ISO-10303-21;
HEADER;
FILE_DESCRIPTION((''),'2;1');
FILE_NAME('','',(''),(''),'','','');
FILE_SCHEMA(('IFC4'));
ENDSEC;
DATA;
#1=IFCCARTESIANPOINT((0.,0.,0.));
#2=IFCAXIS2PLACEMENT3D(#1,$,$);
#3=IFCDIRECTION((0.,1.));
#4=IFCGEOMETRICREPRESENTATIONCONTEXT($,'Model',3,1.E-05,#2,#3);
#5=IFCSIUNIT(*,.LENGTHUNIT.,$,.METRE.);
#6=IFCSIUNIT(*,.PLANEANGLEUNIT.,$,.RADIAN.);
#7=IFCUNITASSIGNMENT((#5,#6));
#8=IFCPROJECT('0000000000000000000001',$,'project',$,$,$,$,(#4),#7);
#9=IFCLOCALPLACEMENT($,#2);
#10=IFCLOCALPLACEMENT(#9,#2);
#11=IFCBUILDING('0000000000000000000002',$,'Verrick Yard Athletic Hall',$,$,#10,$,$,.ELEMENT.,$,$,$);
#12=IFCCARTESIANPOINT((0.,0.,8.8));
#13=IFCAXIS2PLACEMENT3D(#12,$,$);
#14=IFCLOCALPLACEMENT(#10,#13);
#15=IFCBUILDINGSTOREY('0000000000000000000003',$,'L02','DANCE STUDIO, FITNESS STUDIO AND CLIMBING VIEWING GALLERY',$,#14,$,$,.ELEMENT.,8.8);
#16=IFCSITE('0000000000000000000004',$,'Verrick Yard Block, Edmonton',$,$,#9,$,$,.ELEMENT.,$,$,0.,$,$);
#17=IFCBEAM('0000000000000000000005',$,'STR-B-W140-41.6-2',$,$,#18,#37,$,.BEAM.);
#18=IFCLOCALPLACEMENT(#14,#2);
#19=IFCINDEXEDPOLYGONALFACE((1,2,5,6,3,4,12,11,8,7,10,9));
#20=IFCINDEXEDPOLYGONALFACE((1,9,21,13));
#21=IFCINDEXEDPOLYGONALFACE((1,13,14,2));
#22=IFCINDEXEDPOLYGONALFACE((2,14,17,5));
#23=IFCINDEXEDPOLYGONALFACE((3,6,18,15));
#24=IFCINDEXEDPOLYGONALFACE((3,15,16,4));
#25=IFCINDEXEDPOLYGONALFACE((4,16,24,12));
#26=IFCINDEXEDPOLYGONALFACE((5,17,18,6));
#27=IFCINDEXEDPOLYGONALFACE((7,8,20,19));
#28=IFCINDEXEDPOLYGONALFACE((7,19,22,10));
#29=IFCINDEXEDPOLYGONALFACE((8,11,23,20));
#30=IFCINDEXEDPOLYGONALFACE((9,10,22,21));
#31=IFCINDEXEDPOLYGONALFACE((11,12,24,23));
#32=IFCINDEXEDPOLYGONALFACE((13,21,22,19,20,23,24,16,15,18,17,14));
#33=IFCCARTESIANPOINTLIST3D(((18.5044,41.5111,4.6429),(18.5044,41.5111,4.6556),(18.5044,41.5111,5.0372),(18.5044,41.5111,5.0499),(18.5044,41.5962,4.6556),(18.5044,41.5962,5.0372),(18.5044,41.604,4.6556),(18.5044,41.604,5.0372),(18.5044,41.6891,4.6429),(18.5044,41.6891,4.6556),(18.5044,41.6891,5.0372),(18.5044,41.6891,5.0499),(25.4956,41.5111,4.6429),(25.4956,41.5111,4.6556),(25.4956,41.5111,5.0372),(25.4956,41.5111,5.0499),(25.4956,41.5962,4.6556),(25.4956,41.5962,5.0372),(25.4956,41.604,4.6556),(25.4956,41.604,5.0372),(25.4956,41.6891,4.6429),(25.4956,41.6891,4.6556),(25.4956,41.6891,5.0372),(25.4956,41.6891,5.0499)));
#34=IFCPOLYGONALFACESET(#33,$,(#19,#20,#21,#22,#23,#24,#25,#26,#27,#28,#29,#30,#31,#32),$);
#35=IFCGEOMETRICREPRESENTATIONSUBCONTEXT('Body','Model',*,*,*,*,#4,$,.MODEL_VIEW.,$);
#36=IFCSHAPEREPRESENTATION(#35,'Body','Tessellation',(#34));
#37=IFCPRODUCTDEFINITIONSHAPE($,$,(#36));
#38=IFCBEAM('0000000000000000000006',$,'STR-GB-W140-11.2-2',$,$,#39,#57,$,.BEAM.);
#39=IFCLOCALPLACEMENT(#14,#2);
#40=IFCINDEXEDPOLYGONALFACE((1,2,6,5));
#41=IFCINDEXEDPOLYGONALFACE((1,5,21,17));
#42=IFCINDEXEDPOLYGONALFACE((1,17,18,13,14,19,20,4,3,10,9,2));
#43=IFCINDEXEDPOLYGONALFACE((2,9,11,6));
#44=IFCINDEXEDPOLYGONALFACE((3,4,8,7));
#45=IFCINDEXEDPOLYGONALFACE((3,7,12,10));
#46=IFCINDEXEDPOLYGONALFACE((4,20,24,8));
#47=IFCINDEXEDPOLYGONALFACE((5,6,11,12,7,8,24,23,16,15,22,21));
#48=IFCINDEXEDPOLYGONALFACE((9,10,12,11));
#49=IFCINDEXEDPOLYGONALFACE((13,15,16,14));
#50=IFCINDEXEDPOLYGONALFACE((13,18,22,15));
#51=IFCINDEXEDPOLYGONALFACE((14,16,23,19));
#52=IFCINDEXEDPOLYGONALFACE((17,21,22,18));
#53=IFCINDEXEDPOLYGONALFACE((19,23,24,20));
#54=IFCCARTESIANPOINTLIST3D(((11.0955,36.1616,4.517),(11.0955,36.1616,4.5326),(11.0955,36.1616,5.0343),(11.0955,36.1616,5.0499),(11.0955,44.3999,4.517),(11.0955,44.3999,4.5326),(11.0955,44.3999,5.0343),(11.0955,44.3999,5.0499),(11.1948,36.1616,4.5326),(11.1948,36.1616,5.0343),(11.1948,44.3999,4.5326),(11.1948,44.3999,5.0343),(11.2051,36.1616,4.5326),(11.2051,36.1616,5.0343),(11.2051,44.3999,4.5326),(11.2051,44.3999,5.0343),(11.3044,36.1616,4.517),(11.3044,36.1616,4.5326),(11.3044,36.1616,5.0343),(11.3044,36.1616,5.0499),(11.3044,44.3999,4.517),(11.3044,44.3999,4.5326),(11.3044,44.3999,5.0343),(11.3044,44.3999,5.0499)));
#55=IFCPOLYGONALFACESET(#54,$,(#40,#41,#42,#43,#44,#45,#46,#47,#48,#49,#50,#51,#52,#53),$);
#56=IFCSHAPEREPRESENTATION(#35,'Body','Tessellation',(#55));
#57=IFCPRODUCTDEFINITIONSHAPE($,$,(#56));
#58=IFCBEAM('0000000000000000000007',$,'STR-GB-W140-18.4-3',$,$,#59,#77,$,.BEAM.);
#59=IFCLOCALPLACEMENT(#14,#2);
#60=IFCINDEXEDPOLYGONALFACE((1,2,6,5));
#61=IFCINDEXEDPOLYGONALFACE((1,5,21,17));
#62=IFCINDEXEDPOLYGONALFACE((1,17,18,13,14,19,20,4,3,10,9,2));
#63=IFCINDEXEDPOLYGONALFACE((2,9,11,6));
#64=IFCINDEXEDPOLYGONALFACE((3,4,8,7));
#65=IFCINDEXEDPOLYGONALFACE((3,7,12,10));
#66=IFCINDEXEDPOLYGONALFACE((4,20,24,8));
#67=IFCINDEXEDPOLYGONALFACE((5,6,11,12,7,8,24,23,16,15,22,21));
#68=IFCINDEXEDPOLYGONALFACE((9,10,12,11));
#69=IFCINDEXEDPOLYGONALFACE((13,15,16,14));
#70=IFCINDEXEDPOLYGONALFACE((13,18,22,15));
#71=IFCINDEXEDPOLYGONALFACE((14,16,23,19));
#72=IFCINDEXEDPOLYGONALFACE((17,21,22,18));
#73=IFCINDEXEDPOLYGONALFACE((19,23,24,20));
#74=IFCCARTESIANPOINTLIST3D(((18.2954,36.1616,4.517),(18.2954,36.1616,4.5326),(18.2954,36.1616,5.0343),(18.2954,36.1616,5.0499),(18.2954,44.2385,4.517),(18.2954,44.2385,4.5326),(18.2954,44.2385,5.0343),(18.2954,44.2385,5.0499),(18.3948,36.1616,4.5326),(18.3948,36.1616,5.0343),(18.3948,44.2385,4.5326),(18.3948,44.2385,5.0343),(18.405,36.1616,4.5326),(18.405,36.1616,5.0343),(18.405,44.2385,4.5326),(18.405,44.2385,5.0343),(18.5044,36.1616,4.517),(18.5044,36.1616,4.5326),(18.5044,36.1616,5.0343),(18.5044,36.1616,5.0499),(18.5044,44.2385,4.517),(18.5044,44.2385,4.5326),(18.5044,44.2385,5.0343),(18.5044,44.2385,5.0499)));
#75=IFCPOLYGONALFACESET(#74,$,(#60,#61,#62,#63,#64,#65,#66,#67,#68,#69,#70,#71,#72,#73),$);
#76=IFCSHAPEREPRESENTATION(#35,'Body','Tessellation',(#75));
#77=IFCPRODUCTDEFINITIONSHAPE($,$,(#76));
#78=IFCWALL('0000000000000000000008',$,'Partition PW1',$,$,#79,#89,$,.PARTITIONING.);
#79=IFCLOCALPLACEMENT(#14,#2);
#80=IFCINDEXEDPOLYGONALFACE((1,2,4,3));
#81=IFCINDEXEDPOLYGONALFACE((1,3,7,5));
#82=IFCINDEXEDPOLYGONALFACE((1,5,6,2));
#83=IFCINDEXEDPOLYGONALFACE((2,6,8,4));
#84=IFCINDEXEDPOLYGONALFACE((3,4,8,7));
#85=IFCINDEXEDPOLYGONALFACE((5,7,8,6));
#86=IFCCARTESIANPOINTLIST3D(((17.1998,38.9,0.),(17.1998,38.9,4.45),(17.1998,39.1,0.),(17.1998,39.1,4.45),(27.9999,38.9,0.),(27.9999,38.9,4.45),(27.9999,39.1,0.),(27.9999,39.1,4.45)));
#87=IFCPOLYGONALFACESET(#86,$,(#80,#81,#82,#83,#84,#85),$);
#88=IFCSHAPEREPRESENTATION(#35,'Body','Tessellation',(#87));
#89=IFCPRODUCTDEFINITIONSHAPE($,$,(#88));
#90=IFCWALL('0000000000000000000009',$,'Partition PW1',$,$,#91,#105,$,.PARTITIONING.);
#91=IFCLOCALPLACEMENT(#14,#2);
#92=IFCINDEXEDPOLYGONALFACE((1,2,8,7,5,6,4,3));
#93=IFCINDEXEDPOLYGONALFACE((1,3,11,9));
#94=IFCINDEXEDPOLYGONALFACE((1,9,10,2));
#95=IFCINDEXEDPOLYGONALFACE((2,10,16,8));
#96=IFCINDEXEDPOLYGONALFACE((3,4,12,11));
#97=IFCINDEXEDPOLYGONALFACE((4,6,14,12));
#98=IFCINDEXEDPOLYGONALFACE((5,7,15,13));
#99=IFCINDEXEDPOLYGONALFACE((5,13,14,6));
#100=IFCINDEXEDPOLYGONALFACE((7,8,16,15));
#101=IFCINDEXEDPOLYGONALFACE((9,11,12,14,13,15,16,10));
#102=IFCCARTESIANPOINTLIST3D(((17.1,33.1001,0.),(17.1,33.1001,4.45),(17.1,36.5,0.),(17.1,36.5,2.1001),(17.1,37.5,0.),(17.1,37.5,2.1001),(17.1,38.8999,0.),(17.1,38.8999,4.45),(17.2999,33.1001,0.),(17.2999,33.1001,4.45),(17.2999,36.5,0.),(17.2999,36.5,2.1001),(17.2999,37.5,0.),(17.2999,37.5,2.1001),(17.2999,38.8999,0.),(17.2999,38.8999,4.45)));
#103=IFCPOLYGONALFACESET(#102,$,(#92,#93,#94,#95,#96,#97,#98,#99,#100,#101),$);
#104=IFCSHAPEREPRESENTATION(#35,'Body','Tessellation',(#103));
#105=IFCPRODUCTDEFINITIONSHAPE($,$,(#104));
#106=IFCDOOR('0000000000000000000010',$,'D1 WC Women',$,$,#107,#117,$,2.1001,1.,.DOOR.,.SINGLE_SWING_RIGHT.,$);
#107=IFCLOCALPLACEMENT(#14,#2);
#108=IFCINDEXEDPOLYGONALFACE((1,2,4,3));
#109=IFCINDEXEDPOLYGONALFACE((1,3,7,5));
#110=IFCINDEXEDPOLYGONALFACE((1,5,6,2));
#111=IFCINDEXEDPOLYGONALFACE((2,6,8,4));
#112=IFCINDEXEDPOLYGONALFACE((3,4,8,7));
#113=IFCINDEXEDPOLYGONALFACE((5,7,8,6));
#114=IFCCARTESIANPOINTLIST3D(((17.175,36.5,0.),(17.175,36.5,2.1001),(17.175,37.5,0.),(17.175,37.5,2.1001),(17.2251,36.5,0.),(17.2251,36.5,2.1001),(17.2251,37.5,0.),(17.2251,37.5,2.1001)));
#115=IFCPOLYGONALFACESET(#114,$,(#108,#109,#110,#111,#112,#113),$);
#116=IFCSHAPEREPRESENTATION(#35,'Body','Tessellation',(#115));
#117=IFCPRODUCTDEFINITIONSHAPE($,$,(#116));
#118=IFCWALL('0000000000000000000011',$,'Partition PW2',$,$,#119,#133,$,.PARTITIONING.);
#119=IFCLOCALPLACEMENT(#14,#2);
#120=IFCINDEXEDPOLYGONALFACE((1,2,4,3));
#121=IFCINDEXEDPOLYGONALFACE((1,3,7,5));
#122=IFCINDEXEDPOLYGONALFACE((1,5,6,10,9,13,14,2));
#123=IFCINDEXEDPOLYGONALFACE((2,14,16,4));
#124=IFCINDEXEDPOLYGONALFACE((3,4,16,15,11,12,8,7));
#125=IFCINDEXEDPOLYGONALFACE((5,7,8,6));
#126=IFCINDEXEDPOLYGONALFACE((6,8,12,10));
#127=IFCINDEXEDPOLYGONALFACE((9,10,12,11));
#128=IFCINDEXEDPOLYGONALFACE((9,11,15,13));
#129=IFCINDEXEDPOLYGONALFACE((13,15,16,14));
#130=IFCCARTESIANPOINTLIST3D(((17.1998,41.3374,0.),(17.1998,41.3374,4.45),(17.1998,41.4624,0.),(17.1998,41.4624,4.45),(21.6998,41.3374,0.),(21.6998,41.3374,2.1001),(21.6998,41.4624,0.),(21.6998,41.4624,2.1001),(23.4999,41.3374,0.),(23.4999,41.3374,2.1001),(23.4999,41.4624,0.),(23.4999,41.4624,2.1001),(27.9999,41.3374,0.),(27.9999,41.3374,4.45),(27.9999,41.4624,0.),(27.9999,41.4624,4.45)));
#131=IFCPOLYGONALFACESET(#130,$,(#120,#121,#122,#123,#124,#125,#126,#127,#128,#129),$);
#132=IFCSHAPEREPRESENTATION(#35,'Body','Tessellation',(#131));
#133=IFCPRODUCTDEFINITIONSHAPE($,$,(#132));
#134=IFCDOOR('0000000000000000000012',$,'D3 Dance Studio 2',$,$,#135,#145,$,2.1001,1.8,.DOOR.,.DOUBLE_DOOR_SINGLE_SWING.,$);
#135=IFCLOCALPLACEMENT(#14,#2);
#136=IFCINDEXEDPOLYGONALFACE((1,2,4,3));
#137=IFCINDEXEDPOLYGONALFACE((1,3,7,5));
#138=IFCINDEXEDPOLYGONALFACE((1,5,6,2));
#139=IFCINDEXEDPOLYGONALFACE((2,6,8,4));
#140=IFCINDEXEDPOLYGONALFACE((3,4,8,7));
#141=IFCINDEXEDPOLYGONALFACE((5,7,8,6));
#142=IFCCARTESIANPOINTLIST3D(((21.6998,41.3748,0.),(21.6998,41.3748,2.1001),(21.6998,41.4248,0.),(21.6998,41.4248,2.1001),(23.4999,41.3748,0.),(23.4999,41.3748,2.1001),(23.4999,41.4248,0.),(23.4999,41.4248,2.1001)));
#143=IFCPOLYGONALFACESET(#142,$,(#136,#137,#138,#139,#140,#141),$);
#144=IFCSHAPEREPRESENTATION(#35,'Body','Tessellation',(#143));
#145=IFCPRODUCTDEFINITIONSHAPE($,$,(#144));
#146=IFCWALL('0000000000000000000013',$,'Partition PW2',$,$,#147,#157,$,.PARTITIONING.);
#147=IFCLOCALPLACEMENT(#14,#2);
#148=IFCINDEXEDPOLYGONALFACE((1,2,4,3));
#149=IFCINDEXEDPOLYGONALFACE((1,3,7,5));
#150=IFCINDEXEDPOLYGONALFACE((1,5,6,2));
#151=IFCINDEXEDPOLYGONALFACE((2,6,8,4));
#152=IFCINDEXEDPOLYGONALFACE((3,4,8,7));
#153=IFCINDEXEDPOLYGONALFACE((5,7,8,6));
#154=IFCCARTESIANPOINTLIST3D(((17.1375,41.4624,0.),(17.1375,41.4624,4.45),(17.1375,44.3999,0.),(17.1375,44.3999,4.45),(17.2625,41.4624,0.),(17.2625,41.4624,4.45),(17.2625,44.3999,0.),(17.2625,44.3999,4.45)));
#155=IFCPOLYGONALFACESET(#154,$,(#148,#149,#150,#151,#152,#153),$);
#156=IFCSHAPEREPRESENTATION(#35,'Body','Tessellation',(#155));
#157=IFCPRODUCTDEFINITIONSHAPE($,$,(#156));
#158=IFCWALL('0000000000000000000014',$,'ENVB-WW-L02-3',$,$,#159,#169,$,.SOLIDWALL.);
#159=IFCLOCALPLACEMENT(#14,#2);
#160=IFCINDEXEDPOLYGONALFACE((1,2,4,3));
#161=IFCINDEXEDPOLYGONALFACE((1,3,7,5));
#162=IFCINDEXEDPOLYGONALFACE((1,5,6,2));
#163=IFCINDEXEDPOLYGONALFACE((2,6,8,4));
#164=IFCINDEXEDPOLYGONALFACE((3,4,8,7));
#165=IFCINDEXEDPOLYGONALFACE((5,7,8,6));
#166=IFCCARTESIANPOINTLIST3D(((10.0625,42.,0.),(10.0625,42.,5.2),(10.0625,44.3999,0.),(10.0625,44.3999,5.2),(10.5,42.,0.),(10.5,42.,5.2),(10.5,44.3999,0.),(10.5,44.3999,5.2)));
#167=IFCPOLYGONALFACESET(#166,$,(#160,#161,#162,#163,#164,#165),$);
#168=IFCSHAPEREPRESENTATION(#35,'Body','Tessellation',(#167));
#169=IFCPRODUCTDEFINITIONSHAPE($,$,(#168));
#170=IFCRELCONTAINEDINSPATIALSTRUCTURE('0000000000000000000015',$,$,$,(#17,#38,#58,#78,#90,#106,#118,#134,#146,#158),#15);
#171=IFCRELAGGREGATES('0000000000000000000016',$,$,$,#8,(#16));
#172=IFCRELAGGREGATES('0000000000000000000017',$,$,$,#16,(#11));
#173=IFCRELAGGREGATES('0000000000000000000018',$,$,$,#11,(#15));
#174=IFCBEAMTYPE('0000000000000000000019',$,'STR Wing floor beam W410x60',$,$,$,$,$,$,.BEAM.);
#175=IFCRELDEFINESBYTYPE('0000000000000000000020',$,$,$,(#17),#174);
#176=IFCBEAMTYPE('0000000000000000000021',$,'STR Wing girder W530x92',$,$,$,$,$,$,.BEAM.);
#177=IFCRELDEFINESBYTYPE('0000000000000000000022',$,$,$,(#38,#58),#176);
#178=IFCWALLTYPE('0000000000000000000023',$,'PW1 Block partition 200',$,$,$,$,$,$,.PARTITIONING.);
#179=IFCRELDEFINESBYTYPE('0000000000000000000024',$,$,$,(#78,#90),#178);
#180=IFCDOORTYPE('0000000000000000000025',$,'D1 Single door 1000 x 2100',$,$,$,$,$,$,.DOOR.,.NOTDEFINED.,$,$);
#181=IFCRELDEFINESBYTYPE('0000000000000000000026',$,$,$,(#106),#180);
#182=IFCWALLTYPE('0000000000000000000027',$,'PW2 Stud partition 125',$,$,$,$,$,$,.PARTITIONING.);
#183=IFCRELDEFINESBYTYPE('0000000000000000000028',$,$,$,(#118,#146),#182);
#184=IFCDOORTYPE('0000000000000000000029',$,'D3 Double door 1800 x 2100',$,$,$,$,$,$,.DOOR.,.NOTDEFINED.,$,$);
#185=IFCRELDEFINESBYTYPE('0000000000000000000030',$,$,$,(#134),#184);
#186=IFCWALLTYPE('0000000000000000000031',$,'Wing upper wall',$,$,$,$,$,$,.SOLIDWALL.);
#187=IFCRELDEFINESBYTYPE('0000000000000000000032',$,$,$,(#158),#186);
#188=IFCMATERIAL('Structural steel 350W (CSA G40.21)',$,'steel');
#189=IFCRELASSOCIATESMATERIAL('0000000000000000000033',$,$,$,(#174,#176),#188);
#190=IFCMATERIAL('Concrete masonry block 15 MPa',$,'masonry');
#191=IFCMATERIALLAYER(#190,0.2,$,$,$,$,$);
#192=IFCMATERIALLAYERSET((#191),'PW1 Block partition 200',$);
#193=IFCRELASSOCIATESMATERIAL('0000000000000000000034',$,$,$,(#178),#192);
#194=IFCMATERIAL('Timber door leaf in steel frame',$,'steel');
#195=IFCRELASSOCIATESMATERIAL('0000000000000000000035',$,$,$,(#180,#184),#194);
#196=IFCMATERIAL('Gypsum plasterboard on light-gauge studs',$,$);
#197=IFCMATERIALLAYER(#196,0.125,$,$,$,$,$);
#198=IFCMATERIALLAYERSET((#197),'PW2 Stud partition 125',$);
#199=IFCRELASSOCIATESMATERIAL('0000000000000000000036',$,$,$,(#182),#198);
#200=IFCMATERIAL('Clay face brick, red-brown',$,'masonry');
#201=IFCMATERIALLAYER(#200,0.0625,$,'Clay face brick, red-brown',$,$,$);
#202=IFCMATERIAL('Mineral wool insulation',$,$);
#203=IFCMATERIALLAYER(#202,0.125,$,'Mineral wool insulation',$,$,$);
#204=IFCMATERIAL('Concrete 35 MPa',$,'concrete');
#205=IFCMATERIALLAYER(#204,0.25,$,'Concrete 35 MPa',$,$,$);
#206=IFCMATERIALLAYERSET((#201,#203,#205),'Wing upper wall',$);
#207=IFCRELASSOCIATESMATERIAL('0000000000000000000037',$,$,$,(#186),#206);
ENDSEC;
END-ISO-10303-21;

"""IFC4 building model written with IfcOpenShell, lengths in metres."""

from ifc_helpers import new_model, si_unit, direction, frame, frame_2d, origin, origin_2d, place, context, subcontext, project, spatial, rectangle, i_section, extrude, material, layer, layer_set, material_profile, profile_set, type_object, element, fill, save


model = new_model("IFC4")

# Units and contexts
model_context = context("Model", 3, precision=1e-05, world=origin(), true_north=direction((0.0, 1.0)))
body_context = subcontext(model_context, "Body", "Model", "MODEL_VIEW")
ifc_project = project(units=[si_unit("LENGTHUNIT", "METRE"), si_unit("PLANEANGLEUNIT", "RADIAN")], contexts=[model_context])

# Site, building, storey
site_placement = place(None, origin())
site = spatial("IfcSite", under=ifc_project, at=site_placement, Name="Verrick Yard Block, Edmonton", CompositionType="ELEMENT", RefElevation=0.0)
building_placement = place(site_placement, origin())
building = spatial("IfcBuilding", under=site, at=building_placement, Name="Verrick Yard Athletic Hall", CompositionType="ELEMENT")
storey_placement = place(building_placement, frame((0.0, 0.0, 8.8)))
storey = spatial("IfcBuildingStorey", under=building, at=storey_placement, Name="L02", Description="DANCE STUDIO, FITNESS STUDIO AND CLIMBING VIEWING GALLERY", CompositionType="ELEMENT", Elevation=8.8)

# Shared definitions
ifc_material_1 = material(Name="Structural steel 350W (CSA G40.21)", Category="steel")

# Beams
ifc_material_profile_1 = material_profile(ifc_material_1, i_section(OverallWidth=0.178, OverallDepth=0.407, WebThickness=0.0078, FlangeThickness=0.0127, at=origin_2d()), Name="W410x60")
ifc_profile_set_1 = profile_set([ifc_material_profile_1], Name="Structural steel 350W (CSA G40.21)")
beam_type_1 = type_object("IfcBeamType", Name="STR Wing floor beam W410x60", PredefinedType="BEAM", material=ifc_profile_set_1)
beam_1_placement = place(storey_placement, frame((18.5044, 41.6001, 4.8464), z_axis=(1.0, 0.0, 0.0), x_axis=(0.0, 1.0, 0.0)))
element("IfcBeam", 1, at=beam_1_placement, inside=storey, type_object=beam_type_1, Name="STR-B-W140-41.6-2", PredefinedType="BEAM", context=body_context, shape_type="SweptSolid", body=[
    extrude(i_section(OverallWidth=0.178, OverallDepth=0.407, WebThickness=0.0078, FlangeThickness=0.0127, at=origin_2d()), origin(), (0.0, 0.0, 1.0), 6.9912),
])
ifc_material_profile_2 = material_profile(ifc_material_1, i_section(OverallWidth=0.209, OverallDepth=0.533, WebThickness=0.0103, FlangeThickness=0.0156, at=origin_2d()), Name="W530x92")
ifc_profile_set_2 = profile_set([ifc_material_profile_2], Name="Structural steel 350W (CSA G40.21)")
beam_type_2 = type_object("IfcBeamType", Name="STR Wing girder W530x92", PredefinedType="BEAM", material=ifc_profile_set_2)
beam_2_placement = place(storey_placement, frame((11.2, 36.1616, 4.7834), z_axis=(0.0, 1.0, 0.0), x_axis=(-1.0, 0.0, 0.0)))
element("IfcBeam", 2, at=beam_2_placement, inside=storey, type_object=beam_type_2, Name="STR-GB-W140-11.2-2", PredefinedType="BEAM", context=body_context, shape_type="SweptSolid", body=[
    extrude(i_section(OverallWidth=0.209, OverallDepth=0.533, WebThickness=0.0103, FlangeThickness=0.0156, at=origin_2d()), origin(), (0.0, 0.0, 1.0), 8.2383),
])
beam_3_placement = place(storey_placement, frame((18.3999, 36.1616, 4.7834), z_axis=(0.0, 1.0, 0.0), x_axis=(-1.0, 0.0, 0.0)))
element("IfcBeam", 3, at=beam_3_placement, inside=storey, type_object=beam_type_2, Name="STR-GB-W140-18.4-3", PredefinedType="BEAM", context=body_context, shape_type="SweptSolid", body=[
    extrude(i_section(OverallWidth=0.209, OverallDepth=0.533, WebThickness=0.0103, FlangeThickness=0.0156, at=origin_2d()), origin(), (0.0, 0.0, 1.0), 8.0769),
])

# Wall
ifc_material_2 = material(Name="Concrete masonry block 15 MPa", Category="masonry")
ifc_layer_1 = layer(ifc_material_2, 0.2)
ifc_layer_set_1 = layer_set([ifc_layer_1], Name="PW1 Block partition 200")
wall_type_1 = type_object("IfcWallType", Name="PW1 Block partition 200", PredefinedType="PARTITIONING", material=ifc_layer_set_1)
wall_1_placement = place(storey_placement, frame((17.2, 39.0, 0.0), z_axis=(0.0, 0.0, 1.0), x_axis=(1.0, 0.0, 0.0)))
element("IfcWall", 4, at=wall_1_placement, inside=storey, type_object=wall_type_1, Name="Partition PW1", PredefinedType="PARTITIONING", context=body_context, shape_type="SweptSolid", body=[
    extrude(rectangle(XDim=10.8, YDim=0.2, at=frame_2d((5.3999, 0.0))), origin(), (0.0, 0.0, 1.0), 4.45),
])

# Walls, openings, doors
wall_2_placement = place(storey_placement, frame((17.2, 33.1001, 0.0), z_axis=(0.0, 0.0, 1.0), x_axis=(0.0, 1.0, 0.0)))
wall_2 = element("IfcWall", 5, at=wall_2_placement, inside=storey, type_object=wall_type_1, Name="Partition PW1", PredefinedType="PARTITIONING", context=body_context, shape_type="SweptSolid", body=[
    extrude(rectangle(XDim=5.7998, YDim=0.2, at=frame_2d((2.8999, 0.0))), origin(), (0.0, 0.0, 1.0), 4.45),
])
opening_1_placement = place(wall_2_placement, frame((3.3999, 0.0, 0.0)))
opening_1 = element("IfcOpeningElement", 6, at=opening_1_placement, cuts=wall_2, PredefinedType="OPENING", context=body_context, shape_type="SweptSolid", body=[
    extrude(rectangle(XDim=1.0, YDim=2.1001, at=frame_2d((0.5, 1.05))), frame((0.0, 0.1099, 0.0), z_axis=(0.0, -1.0, 0.0), x_axis=(1.0, 0.0, 0.0)), (0.0, 0.0, 1.0), 0.22),
])
ifc_material_3 = material(Name="Timber door leaf in steel frame", Category="steel")
door_type_1 = type_object("IfcDoorType", Name="D1 Single door 1000 x 2100", OperationType="NOTDEFINED", PredefinedType="DOOR", material=ifc_material_3)
door_1_placement = place(opening_1_placement, origin())
door_1 = element("IfcDoor", 7, at=door_1_placement, inside=storey, type_object=door_type_1, Name="D1 WC Women", OperationType="SINGLE_SWING_RIGHT", OverallHeight=2.1001, OverallWidth=1.0, PredefinedType="DOOR", context=body_context, shape_type="SweptSolid", body=[
    extrude(rectangle(XDim=1.0, YDim=2.1001, at=frame_2d((0.5, 1.05))), frame((0.0, 0.0249, 0.0), z_axis=(0.0, -1.0, 0.0), x_axis=(1.0, 0.0, 0.0)), (0.0, 0.0, 1.0), 0.05),
])
fill(opening_1, door_1)
ifc_material_4 = material(Name="Gypsum plasterboard on light-gauge studs")
ifc_layer_2 = layer(ifc_material_4, 0.125)
ifc_layer_set_2 = layer_set([ifc_layer_2], Name="PW2 Stud partition 125")
wall_type_2 = type_object("IfcWallType", Name="PW2 Stud partition 125", PredefinedType="PARTITIONING", material=ifc_layer_set_2)
wall_3_placement = place(storey_placement, frame((17.2, 41.3999, 0.0), z_axis=(0.0, 0.0, 1.0), x_axis=(1.0, 0.0, 0.0)))
wall_3 = element("IfcWall", 8, at=wall_3_placement, inside=storey, type_object=wall_type_2, Name="Partition PW2", PredefinedType="PARTITIONING", context=body_context, shape_type="SweptSolid", body=[
    extrude(rectangle(XDim=10.8, YDim=0.125, at=frame_2d((5.3999, 0.0))), origin(), (0.0, 0.0, 1.0), 4.45),
])
opening_2_placement = place(wall_3_placement, frame((4.5, 0.0, 0.0)))
opening_2 = element("IfcOpeningElement", 9, at=opening_2_placement, cuts=wall_3, PredefinedType="OPENING", context=body_context, shape_type="SweptSolid", body=[
    extrude(rectangle(XDim=1.8, YDim=2.1001, at=frame_2d((0.8999, 1.05))), frame((0.0, 0.0725, 0.0), z_axis=(0.0, -1.0, 0.0), x_axis=(1.0, 0.0, 0.0)), (0.0, 0.0, 1.0), 0.145),
])
door_type_2 = type_object("IfcDoorType", Name="D3 Double door 1800 x 2100", OperationType="NOTDEFINED", PredefinedType="DOOR", material=ifc_material_3)
door_2_placement = place(opening_2_placement, origin())
door_2 = element("IfcDoor", 10, at=door_2_placement, inside=storey, type_object=door_type_2, Name="D3 Dance Studio 2", OperationType="DOUBLE_DOOR_SINGLE_SWING", OverallHeight=2.1001, OverallWidth=1.8, PredefinedType="DOOR", context=body_context, shape_type="SweptSolid", body=[
    extrude(rectangle(XDim=1.8, YDim=2.1001, at=frame_2d((0.8999, 1.05))), frame((0.0, 0.0249, 0.0), z_axis=(0.0, -1.0, 0.0), x_axis=(1.0, 0.0, 0.0)), (0.0, 0.0, 1.0), 0.05),
])
fill(opening_2, door_2)

# Walls
wall_4_placement = place(storey_placement, frame((17.2, 41.4624, 0.0), z_axis=(0.0, 0.0, 1.0), x_axis=(0.0, 1.0, 0.0)))
element("IfcWall", 11, at=wall_4_placement, inside=storey, type_object=wall_type_2, Name="Partition PW2", PredefinedType="PARTITIONING", context=body_context, shape_type="SweptSolid", body=[
    extrude(rectangle(XDim=2.9375, YDim=0.125, at=frame_2d((1.4688, 0.0))), origin(), (0.0, 0.0, 1.0), 4.45),
])
ifc_material_5 = material(Name="Clay face brick, red-brown", Category="masonry")
ifc_layer_3 = layer(ifc_material_5, 0.0625, Name="Clay face brick, red-brown")
ifc_material_6 = material(Name="Mineral wool insulation")
ifc_layer_4 = layer(ifc_material_6, 0.125, Name="Mineral wool insulation")
ifc_material_7 = material(Name="Concrete 35 MPa", Category="concrete")
ifc_layer_5 = layer(ifc_material_7, 0.25, Name="Concrete 35 MPa")
ifc_layer_set_3 = layer_set([ifc_layer_3, ifc_layer_4, ifc_layer_5], Name="Wing upper wall")
wall_type_3 = type_object("IfcWallType", Name="Wing upper wall", PredefinedType="SOLIDWALL", material=ifc_layer_set_3)
wall_5_placement = place(storey_placement, frame((10.2812, 42.0, 0.0), z_axis=(0.0, 0.0, 1.0), x_axis=(0.0, 1.0, 0.0)))
element("IfcWall", 12, at=wall_5_placement, inside=storey, type_object=wall_type_3, Name="ENVB-WW-L02-3", PredefinedType="SOLIDWALL", context=body_context, shape_type="SweptSolid", body=[
    extrude(rectangle(XDim=2.3999, YDim=0.4375, at=frame_2d((1.2, 0.0))), origin(), (0.0, 0.0, 1.0), 5.2),
])

save(model, "model.ifc")
